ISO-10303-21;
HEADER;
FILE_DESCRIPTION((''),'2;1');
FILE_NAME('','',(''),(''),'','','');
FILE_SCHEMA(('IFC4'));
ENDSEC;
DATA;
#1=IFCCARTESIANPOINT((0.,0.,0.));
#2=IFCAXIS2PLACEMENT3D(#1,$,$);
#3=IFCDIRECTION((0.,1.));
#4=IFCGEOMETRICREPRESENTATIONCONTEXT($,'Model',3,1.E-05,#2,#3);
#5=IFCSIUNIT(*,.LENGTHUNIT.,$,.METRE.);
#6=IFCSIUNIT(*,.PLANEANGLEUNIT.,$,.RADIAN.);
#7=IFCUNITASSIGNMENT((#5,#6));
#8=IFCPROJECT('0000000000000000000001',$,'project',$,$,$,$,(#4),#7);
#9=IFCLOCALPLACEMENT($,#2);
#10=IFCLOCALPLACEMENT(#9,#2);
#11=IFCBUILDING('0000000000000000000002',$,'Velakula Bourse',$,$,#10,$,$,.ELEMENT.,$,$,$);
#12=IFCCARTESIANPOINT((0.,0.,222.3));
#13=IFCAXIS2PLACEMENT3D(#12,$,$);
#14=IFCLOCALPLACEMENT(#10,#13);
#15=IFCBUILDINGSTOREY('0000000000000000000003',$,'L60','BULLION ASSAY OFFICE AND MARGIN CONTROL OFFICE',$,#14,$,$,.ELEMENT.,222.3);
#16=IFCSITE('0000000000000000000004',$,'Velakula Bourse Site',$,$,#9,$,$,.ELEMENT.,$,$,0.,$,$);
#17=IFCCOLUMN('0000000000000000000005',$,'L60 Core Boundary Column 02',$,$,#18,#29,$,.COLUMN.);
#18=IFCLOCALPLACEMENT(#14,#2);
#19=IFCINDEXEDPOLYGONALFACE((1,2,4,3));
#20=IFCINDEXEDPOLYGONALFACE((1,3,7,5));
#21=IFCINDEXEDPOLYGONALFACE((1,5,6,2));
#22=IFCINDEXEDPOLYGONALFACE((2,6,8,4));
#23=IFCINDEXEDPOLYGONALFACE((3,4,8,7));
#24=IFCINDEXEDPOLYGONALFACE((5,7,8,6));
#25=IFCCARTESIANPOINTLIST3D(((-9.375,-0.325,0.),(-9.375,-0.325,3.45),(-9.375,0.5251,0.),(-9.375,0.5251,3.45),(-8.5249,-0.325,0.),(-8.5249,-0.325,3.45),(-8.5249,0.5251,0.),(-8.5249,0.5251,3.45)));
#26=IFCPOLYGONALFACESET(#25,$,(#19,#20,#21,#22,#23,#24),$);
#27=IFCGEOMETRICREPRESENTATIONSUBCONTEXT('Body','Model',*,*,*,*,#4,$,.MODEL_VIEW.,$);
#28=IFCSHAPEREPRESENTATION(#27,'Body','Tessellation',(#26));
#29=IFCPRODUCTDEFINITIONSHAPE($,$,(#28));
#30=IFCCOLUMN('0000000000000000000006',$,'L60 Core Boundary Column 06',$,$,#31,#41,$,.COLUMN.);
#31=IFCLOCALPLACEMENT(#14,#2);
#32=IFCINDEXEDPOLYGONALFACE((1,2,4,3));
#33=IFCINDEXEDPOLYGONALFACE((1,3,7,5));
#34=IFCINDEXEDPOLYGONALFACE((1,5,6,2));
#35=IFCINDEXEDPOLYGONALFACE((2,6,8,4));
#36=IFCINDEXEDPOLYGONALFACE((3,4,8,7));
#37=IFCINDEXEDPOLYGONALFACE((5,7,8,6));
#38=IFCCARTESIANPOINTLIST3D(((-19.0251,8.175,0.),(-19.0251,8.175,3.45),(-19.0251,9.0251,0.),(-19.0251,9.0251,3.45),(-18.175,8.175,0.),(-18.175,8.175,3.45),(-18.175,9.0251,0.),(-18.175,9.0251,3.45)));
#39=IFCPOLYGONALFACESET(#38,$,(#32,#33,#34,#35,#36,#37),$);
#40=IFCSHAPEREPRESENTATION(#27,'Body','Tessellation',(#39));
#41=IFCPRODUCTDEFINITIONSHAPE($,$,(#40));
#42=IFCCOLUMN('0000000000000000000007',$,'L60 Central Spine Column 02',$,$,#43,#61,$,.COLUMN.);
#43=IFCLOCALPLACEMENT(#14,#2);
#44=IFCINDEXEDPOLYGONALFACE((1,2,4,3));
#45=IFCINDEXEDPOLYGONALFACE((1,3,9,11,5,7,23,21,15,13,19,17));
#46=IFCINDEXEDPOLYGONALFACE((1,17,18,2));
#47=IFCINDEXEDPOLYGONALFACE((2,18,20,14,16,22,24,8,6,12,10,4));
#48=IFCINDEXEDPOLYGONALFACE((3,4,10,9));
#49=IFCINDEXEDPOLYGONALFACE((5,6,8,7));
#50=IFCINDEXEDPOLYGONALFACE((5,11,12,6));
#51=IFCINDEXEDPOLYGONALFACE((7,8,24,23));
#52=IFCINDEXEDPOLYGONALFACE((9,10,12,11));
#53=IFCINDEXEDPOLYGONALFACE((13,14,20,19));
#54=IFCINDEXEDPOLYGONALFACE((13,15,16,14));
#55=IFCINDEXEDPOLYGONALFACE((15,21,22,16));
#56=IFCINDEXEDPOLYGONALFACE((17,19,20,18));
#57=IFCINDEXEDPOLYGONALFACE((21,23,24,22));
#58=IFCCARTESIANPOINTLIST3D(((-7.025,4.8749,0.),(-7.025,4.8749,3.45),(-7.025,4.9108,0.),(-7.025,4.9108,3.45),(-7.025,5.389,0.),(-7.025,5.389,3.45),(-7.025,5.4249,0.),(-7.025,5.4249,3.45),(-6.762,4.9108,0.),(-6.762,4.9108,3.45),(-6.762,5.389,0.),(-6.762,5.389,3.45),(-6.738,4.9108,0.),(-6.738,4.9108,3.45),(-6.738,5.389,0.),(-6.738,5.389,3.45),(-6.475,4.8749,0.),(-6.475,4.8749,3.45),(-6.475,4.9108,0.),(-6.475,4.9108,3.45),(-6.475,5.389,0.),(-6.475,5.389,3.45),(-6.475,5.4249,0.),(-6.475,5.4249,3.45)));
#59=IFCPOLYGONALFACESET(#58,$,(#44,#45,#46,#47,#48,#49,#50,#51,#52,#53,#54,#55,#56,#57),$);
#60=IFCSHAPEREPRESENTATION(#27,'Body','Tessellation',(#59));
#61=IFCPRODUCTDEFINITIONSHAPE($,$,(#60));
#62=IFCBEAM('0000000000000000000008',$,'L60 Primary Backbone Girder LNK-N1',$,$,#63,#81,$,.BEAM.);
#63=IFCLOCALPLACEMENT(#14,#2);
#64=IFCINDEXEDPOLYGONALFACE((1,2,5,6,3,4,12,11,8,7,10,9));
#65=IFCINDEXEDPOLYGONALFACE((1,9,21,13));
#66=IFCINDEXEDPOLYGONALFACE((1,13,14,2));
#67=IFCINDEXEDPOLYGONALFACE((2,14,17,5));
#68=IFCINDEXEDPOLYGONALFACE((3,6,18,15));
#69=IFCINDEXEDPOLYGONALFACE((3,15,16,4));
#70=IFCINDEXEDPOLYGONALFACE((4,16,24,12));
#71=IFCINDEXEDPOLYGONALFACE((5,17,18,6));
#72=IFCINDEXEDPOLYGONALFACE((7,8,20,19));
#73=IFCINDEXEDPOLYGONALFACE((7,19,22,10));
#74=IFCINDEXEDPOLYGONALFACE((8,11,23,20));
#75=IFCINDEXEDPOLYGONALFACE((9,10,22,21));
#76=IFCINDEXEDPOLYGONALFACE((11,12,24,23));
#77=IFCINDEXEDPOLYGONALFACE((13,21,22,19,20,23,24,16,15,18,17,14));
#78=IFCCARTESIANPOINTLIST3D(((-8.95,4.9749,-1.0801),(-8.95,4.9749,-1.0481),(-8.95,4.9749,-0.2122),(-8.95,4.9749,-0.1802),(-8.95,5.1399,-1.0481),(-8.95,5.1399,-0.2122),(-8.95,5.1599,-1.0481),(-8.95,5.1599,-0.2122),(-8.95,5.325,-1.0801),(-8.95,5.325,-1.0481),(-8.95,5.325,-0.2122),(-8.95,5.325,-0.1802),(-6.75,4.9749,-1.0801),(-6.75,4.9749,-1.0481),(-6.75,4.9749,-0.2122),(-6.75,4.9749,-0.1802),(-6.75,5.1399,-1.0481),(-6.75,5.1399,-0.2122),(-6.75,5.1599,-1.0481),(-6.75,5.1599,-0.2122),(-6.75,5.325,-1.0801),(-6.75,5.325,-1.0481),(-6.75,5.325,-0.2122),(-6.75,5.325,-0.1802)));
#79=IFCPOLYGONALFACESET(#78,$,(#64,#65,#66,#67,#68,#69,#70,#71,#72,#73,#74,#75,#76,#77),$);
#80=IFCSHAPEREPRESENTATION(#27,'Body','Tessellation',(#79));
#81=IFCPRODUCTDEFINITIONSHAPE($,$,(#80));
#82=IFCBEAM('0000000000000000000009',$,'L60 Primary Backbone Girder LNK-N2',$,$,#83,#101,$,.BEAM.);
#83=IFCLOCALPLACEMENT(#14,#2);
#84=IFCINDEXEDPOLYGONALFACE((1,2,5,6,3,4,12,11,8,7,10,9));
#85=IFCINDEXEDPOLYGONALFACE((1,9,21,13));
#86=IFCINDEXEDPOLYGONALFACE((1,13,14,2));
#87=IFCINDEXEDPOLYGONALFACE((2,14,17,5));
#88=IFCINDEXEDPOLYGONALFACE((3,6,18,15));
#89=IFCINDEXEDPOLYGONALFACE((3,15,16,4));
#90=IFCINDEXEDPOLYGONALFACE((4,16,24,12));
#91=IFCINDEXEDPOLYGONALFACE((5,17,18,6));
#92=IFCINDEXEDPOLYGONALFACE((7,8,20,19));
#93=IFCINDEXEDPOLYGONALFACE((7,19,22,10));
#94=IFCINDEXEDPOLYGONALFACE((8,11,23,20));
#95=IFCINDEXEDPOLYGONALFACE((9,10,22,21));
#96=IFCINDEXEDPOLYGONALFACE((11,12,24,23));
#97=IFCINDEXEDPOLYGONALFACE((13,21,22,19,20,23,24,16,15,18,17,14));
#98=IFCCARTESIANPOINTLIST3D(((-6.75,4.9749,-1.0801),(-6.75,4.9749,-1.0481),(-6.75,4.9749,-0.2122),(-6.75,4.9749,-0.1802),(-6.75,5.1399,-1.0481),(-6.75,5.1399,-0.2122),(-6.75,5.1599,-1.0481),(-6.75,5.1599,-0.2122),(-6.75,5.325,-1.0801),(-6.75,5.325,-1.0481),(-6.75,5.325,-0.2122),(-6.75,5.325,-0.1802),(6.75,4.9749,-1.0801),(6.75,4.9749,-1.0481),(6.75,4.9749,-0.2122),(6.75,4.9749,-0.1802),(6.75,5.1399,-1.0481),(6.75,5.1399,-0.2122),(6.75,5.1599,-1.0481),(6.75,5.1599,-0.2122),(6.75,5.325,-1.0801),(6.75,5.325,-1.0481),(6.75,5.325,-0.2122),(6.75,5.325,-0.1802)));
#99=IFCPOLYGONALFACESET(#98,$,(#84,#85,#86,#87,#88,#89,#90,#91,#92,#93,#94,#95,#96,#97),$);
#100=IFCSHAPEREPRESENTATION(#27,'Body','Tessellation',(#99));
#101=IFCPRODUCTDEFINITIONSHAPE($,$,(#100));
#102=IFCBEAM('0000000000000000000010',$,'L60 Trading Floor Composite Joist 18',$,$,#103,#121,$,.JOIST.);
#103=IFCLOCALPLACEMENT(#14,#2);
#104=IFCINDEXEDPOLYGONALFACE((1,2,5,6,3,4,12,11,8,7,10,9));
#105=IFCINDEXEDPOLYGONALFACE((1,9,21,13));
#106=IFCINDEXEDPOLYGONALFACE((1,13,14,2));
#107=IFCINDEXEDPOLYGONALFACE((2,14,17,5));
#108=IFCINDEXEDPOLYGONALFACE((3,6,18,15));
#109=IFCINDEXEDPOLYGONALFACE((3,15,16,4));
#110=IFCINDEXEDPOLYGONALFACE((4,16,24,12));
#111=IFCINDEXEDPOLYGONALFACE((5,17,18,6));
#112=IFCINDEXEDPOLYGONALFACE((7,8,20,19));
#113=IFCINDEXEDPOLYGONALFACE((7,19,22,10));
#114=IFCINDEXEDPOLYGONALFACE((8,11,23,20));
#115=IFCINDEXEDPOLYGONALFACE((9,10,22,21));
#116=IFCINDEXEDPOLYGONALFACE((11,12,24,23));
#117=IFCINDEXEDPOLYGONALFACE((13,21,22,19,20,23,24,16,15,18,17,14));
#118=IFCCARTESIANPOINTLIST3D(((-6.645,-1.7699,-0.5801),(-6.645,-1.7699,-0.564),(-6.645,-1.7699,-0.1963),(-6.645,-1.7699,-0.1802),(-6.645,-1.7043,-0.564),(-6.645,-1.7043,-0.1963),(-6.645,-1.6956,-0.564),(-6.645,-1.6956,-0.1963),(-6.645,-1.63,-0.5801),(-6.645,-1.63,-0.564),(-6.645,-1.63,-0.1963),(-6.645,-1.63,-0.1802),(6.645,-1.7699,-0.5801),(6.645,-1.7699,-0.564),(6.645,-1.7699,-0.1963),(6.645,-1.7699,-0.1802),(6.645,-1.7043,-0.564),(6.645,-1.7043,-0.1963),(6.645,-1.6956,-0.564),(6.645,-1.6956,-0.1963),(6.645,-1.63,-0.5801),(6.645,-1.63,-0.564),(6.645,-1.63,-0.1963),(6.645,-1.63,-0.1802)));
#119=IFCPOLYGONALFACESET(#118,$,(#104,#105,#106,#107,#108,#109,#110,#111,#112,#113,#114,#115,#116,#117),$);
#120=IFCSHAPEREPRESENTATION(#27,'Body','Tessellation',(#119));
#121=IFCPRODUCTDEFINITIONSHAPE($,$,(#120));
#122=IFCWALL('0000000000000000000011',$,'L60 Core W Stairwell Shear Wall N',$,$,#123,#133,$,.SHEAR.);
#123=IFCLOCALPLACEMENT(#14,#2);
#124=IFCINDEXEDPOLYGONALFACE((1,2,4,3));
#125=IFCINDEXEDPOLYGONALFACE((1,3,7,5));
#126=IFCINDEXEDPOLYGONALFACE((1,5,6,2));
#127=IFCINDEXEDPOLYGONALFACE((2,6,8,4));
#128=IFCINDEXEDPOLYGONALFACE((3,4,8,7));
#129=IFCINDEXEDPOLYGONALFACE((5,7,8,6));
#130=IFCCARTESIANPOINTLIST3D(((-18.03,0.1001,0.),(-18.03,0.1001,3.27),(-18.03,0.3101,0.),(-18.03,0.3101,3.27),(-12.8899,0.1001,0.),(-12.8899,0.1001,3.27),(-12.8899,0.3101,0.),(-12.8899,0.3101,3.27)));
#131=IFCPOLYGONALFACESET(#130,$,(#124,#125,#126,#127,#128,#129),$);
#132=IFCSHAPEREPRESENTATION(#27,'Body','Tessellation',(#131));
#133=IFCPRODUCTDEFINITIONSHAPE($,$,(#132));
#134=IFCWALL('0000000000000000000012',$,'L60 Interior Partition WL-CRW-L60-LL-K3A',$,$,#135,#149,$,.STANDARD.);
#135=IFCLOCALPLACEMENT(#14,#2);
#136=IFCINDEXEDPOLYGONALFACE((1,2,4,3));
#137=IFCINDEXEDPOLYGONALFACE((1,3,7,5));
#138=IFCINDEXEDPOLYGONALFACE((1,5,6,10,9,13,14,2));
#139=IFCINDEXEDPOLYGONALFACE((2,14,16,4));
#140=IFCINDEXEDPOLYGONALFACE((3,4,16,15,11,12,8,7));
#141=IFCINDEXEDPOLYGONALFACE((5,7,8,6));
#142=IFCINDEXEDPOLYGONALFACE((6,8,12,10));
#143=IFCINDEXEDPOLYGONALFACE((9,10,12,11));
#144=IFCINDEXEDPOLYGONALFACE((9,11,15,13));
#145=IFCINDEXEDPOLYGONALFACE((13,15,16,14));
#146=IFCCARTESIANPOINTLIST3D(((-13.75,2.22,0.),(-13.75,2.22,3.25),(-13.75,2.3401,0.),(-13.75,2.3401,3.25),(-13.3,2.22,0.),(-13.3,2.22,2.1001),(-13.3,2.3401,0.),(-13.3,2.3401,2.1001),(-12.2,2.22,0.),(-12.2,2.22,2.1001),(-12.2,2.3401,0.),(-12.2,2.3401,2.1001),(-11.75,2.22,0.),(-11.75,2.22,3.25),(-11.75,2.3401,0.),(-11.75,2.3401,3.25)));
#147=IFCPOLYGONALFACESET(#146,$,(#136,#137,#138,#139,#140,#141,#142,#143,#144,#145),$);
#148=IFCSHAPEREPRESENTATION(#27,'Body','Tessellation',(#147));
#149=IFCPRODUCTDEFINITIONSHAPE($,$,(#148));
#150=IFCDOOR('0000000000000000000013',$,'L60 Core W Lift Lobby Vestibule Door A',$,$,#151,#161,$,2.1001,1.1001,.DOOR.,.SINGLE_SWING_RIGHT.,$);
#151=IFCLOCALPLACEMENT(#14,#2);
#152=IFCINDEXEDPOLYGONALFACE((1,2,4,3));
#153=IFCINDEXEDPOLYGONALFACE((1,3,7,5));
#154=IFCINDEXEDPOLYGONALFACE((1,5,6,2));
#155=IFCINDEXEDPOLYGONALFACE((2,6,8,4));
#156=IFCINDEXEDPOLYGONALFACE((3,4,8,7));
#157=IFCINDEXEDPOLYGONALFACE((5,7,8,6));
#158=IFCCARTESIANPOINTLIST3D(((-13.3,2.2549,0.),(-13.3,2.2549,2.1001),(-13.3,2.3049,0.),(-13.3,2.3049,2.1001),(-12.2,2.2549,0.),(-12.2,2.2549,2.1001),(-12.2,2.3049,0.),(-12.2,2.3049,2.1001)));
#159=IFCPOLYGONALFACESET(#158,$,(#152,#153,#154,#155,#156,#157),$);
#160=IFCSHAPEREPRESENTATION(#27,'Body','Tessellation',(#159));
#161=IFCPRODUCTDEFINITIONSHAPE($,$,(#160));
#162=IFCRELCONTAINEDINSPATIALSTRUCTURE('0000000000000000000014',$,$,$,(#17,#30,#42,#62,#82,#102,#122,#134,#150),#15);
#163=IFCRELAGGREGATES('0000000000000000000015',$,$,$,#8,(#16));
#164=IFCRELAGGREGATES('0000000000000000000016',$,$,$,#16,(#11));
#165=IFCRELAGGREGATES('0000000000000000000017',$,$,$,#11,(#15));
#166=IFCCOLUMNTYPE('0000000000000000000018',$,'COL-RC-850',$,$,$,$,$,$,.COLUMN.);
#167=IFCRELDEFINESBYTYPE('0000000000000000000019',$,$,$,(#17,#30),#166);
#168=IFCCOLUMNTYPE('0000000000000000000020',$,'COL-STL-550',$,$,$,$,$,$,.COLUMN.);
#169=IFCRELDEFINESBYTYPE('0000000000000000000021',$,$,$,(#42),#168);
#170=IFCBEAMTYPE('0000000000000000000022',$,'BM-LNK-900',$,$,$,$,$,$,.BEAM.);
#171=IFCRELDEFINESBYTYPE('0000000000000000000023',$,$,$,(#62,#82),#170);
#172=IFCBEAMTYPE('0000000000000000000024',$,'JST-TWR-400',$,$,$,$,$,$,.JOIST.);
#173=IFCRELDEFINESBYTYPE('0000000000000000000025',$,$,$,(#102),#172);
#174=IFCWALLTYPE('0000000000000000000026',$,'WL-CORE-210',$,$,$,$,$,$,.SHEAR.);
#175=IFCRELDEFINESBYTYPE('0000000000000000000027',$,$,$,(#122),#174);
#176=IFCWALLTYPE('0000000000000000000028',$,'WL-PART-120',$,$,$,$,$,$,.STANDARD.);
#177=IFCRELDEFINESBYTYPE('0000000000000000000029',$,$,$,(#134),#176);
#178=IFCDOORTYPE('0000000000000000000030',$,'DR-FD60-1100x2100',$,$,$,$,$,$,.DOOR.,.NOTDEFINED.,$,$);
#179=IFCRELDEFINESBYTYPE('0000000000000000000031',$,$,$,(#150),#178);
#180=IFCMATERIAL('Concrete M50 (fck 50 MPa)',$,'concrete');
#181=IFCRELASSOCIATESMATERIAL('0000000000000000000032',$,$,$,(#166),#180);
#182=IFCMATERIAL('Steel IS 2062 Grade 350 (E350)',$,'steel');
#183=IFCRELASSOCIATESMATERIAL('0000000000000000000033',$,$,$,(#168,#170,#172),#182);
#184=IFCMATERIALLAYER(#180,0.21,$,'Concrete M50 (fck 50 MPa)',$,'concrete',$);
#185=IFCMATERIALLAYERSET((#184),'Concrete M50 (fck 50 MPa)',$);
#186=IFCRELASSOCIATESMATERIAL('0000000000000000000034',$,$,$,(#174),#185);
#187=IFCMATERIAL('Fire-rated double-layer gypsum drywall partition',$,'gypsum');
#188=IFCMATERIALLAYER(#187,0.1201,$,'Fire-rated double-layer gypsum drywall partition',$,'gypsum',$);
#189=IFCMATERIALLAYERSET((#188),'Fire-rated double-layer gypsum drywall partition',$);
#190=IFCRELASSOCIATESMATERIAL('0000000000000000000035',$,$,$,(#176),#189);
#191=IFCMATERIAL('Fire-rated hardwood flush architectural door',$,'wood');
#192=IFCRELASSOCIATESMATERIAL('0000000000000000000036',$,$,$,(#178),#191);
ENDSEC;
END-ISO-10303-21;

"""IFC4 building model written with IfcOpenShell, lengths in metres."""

from ifc_helpers import new_model, si_unit, direction, frame, frame_2d, origin, origin_2d, place, context, subcontext, project, spatial, rectangle, i_section, extrude, material, layer, layer_set, material_profile, profile_set, type_object, element, fill, save


model = new_model("IFC4")

# Units and contexts
model_context = context("Model", 3, precision=1e-05, world=origin(), true_north=direction((0.0, 1.0)))
body_context = subcontext(model_context, "Body", "Model", "MODEL_VIEW")
ifc_project = project(units=[si_unit("LENGTHUNIT", "METRE"), si_unit("PLANEANGLEUNIT", "RADIAN")], contexts=[model_context])

# Site, building, storey
site_placement = place(None, origin())
site = spatial("IfcSite", under=ifc_project, at=site_placement, Name="Velakula Bourse Site", CompositionType="ELEMENT", RefElevation=0.0)
building_placement = place(site_placement, origin())
building = spatial("IfcBuilding", under=site, at=building_placement, Name="Velakula Bourse", CompositionType="ELEMENT")
storey_placement = place(building_placement, frame((0.0, 0.0, 222.3)))
storey = spatial("IfcBuildingStorey", under=building, at=storey_placement, Name="L60", Description="BULLION ASSAY OFFICE AND MARGIN CONTROL OFFICE", CompositionType="ELEMENT", Elevation=222.3)

# Columns
ifc_material_1 = material(Name="Concrete M50 (fck 50 MPa)", Category="concrete")
ifc_material_profile_1 = material_profile(ifc_material_1, rectangle(XDim=0.8501, YDim=0.8501, at=origin_2d()), Name="Concrete M50 (fck 50 MPa)")
ifc_profile_set_1 = profile_set([ifc_material_profile_1], Name="Concrete M50 (fck 50 MPa)")
column_type_1 = type_object("IfcColumnType", Name="COL-RC-850", PredefinedType="COLUMN", material=ifc_profile_set_1)
for number, where, z_axis, x_axis, name in (
    (1, (-8.95, 0.1001, 0.0), (0.0, 0.0, 1.0), (1.0, 0.0, 0.0), "L60 Core Boundary Column 02"),
    (2, (-18.6001, 8.6001, 0.0), (0.0, 0.0, 1.0), (1.0, 0.0, 0.0), "L60 Core Boundary Column 06"),
):
    element("IfcColumn", number, at=place(storey_placement, frame(where, z_axis=z_axis, x_axis=x_axis)), inside=storey, type_object=column_type_1, Name=name, PredefinedType="COLUMN", context=body_context, shape_type="SweptSolid", body=[
        extrude(rectangle(XDim=0.8501, YDim=0.8501, at=origin_2d()), origin(), (0.0, 0.0, 1.0), 3.45),
    ])
ifc_material_2 = material(Name="Steel IS 2062 Grade 350 (E350)", Category="steel")
ifc_material_profile_2 = material_profile(ifc_material_2, i_section(OverallWidth=0.55, OverallDepth=0.55, WebThickness=0.0239, FlangeThickness=0.0359, at=origin_2d()), Name="Steel IS 2062 Grade 350 (E350)")
ifc_profile_set_2 = profile_set([ifc_material_profile_2], Name="Steel IS 2062 Grade 350 (E350)")
column_type_2 = type_object("IfcColumnType", Name="COL-STL-550", PredefinedType="COLUMN", material=ifc_profile_set_2)
column_placement = place(storey_placement, frame((-6.75, 5.1499, 0.0), z_axis=(0.0, 0.0, 1.0), x_axis=(1.0, 0.0, 0.0)))
element("IfcColumn", 3, at=column_placement, inside=storey, type_object=column_type_2, Name="L60 Central Spine Column 02", PredefinedType="COLUMN", context=body_context, shape_type="SweptSolid", body=[
    extrude(i_section(OverallWidth=0.55, OverallDepth=0.55, WebThickness=0.0239, FlangeThickness=0.0359, at=origin_2d()), origin(), (0.0, 0.0, 1.0), 3.45),
])

# Beams
ifc_material_profile_3 = material_profile(ifc_material_2, i_section(OverallWidth=0.3501, OverallDepth=0.8999, WebThickness=0.02, FlangeThickness=0.032, at=origin_2d()), Name="Steel IS 2062 Grade 350 (E350)")
ifc_profile_set_3 = profile_set([ifc_material_profile_3], Name="Steel IS 2062 Grade 350 (E350)")
beam_type_1 = type_object("IfcBeamType", Name="BM-LNK-900", PredefinedType="BEAM", material=ifc_profile_set_3)
beam_1_placement = place(storey_placement, frame((-8.95, 5.1499, -0.6301), z_axis=(1.0, 0.0, 0.0), x_axis=(0.0, 1.0, 0.0)))
element("IfcBeam", 4, at=beam_1_placement, inside=storey, type_object=beam_type_1, Name="L60 Primary Backbone Girder LNK-N1", PredefinedType="BEAM", context=body_context, shape_type="SweptSolid", body=[
    extrude(i_section(OverallWidth=0.3501, OverallDepth=0.8999, WebThickness=0.02, FlangeThickness=0.032, at=origin_2d()), origin(), (0.0, 0.0, 1.0), 2.2),
])
beam_2_placement = place(storey_placement, frame((-6.75, 5.1499, -0.6301), z_axis=(1.0, 0.0, 0.0), x_axis=(0.0, 1.0, 0.0)))
element("IfcBeam", 5, at=beam_2_placement, inside=storey, type_object=beam_type_1, Name="L60 Primary Backbone Girder LNK-N2", PredefinedType="BEAM", context=body_context, shape_type="SweptSolid", body=[
    extrude(i_section(OverallWidth=0.3501, OverallDepth=0.8999, WebThickness=0.02, FlangeThickness=0.032, at=origin_2d()), origin(), (0.0, 0.0, 1.0), 13.5),
])
ifc_material_profile_4 = material_profile(ifc_material_2, i_section(OverallWidth=0.1399, OverallDepth=0.3999, WebThickness=0.0088, FlangeThickness=0.0161, at=origin_2d()), Name="Steel IS 2062 Grade 350 (E350)")
ifc_profile_set_4 = profile_set([ifc_material_profile_4], Name="Steel IS 2062 Grade 350 (E350)")
beam_type_2 = type_object("IfcBeamType", Name="JST-TWR-400", PredefinedType="JOIST", material=ifc_profile_set_4)
beam_3_placement = place(storey_placement, frame((-6.645, -1.7, -0.3801), z_axis=(1.0, 0.0, 0.0), x_axis=(0.0, 1.0, 0.0)))
element("IfcBeam", 6, at=beam_3_placement, inside=storey, type_object=beam_type_2, Name="L60 Trading Floor Composite Joist 18", PredefinedType="JOIST", context=body_context, shape_type="SweptSolid", body=[
    extrude(i_section(OverallWidth=0.1399, OverallDepth=0.3999, WebThickness=0.0088, FlangeThickness=0.0161, at=origin_2d()), origin(), (0.0, 0.0, 1.0), 13.29),
])

# Wall
ifc_layer_1 = layer(ifc_material_1, 0.21, Name="Concrete M50 (fck 50 MPa)", Category="concrete")
ifc_layer_set_1 = layer_set([ifc_layer_1], Name="Concrete M50 (fck 50 MPa)")
wall_type_1 = type_object("IfcWallType", Name="WL-CORE-210", PredefinedType="SHEAR", material=ifc_layer_set_1)
wall_1_placement = place(storey_placement, frame((-12.8899, 0.2051, 0.0), z_axis=(0.0, 0.0, 1.0), x_axis=(-1.0, 0.0, 0.0)))
element("IfcWall", 7, at=wall_1_placement, inside=storey, type_object=wall_type_1, Name="L60 Core W Stairwell Shear Wall N", PredefinedType="SHEAR", context=body_context, shape_type="SweptSolid", body=[
    extrude(rectangle(XDim=5.1401, YDim=0.21, at=frame_2d((2.5701, 0.0))), origin(), (0.0, 0.0, 1.0), 3.27),
])

# Wall, opening, door
ifc_material_3 = material(Name="Fire-rated double-layer gypsum drywall partition", Category="gypsum")
ifc_layer_2 = layer(ifc_material_3, 0.1201, Name="Fire-rated double-layer gypsum drywall partition", Category="gypsum")
ifc_layer_set_2 = layer_set([ifc_layer_2], Name="Fire-rated double-layer gypsum drywall partition")
wall_type_2 = type_object("IfcWallType", Name="WL-PART-120", PredefinedType="STANDARD", material=ifc_layer_set_2)
wall_2_placement = place(storey_placement, frame((-13.75, 2.28, 0.0), z_axis=(0.0, 0.0, 1.0), x_axis=(1.0, 0.0, 0.0)))
wall_2 = element("IfcWall", 8, at=wall_2_placement, inside=storey, type_object=wall_type_2, Name="L60 Interior Partition WL-CRW-L60-LL-K3A", PredefinedType="STANDARD", context=body_context, shape_type="SweptSolid", body=[
    extrude(rectangle(XDim=2.0, YDim=0.1201, at=frame_2d((1.0, 0.0))), origin(), (0.0, 0.0, 1.0), 3.25),
])
opening_1_placement = place(wall_2_placement, frame((0.45, 0.0, 0.0)))
opening_1 = element("IfcOpeningElement", 9, at=opening_1_placement, cuts=wall_2, PredefinedType="OPENING", context=body_context, shape_type="SweptSolid", body=[
    extrude(rectangle(XDim=1.1001, YDim=2.1001, at=frame_2d((0.55, 1.05))), frame((0.0, 0.0701, 0.0), z_axis=(0.0, -1.0, 0.0), x_axis=(1.0, 0.0, 0.0)), (0.0, 0.0, 1.0), 0.1401),
])
ifc_material_4 = material(Name="Fire-rated hardwood flush architectural door", Category="wood")
door_type_1 = type_object("IfcDoorType", Name="DR-FD60-1100x2100", OperationType="NOTDEFINED", PredefinedType="DOOR", material=ifc_material_4)
door_1_placement = place(opening_1_placement, origin())
door_1 = element("IfcDoor", 10, at=door_1_placement, inside=storey, type_object=door_type_1, Name="L60 Core W Lift Lobby Vestibule Door A", OperationType="SINGLE_SWING_RIGHT", OverallHeight=2.1001, OverallWidth=1.1001, PredefinedType="DOOR", context=body_context, shape_type="SweptSolid", body=[
    extrude(rectangle(XDim=1.1001, YDim=2.1001, at=frame_2d((0.55, 1.05))), frame((0.0, 0.0249, 0.0), z_axis=(0.0, -1.0, 0.0), x_axis=(1.0, 0.0, 0.0)), (0.0, 0.0, 1.0), 0.05),
])
fill(opening_1, door_1)

save(model, "model.ifc")
